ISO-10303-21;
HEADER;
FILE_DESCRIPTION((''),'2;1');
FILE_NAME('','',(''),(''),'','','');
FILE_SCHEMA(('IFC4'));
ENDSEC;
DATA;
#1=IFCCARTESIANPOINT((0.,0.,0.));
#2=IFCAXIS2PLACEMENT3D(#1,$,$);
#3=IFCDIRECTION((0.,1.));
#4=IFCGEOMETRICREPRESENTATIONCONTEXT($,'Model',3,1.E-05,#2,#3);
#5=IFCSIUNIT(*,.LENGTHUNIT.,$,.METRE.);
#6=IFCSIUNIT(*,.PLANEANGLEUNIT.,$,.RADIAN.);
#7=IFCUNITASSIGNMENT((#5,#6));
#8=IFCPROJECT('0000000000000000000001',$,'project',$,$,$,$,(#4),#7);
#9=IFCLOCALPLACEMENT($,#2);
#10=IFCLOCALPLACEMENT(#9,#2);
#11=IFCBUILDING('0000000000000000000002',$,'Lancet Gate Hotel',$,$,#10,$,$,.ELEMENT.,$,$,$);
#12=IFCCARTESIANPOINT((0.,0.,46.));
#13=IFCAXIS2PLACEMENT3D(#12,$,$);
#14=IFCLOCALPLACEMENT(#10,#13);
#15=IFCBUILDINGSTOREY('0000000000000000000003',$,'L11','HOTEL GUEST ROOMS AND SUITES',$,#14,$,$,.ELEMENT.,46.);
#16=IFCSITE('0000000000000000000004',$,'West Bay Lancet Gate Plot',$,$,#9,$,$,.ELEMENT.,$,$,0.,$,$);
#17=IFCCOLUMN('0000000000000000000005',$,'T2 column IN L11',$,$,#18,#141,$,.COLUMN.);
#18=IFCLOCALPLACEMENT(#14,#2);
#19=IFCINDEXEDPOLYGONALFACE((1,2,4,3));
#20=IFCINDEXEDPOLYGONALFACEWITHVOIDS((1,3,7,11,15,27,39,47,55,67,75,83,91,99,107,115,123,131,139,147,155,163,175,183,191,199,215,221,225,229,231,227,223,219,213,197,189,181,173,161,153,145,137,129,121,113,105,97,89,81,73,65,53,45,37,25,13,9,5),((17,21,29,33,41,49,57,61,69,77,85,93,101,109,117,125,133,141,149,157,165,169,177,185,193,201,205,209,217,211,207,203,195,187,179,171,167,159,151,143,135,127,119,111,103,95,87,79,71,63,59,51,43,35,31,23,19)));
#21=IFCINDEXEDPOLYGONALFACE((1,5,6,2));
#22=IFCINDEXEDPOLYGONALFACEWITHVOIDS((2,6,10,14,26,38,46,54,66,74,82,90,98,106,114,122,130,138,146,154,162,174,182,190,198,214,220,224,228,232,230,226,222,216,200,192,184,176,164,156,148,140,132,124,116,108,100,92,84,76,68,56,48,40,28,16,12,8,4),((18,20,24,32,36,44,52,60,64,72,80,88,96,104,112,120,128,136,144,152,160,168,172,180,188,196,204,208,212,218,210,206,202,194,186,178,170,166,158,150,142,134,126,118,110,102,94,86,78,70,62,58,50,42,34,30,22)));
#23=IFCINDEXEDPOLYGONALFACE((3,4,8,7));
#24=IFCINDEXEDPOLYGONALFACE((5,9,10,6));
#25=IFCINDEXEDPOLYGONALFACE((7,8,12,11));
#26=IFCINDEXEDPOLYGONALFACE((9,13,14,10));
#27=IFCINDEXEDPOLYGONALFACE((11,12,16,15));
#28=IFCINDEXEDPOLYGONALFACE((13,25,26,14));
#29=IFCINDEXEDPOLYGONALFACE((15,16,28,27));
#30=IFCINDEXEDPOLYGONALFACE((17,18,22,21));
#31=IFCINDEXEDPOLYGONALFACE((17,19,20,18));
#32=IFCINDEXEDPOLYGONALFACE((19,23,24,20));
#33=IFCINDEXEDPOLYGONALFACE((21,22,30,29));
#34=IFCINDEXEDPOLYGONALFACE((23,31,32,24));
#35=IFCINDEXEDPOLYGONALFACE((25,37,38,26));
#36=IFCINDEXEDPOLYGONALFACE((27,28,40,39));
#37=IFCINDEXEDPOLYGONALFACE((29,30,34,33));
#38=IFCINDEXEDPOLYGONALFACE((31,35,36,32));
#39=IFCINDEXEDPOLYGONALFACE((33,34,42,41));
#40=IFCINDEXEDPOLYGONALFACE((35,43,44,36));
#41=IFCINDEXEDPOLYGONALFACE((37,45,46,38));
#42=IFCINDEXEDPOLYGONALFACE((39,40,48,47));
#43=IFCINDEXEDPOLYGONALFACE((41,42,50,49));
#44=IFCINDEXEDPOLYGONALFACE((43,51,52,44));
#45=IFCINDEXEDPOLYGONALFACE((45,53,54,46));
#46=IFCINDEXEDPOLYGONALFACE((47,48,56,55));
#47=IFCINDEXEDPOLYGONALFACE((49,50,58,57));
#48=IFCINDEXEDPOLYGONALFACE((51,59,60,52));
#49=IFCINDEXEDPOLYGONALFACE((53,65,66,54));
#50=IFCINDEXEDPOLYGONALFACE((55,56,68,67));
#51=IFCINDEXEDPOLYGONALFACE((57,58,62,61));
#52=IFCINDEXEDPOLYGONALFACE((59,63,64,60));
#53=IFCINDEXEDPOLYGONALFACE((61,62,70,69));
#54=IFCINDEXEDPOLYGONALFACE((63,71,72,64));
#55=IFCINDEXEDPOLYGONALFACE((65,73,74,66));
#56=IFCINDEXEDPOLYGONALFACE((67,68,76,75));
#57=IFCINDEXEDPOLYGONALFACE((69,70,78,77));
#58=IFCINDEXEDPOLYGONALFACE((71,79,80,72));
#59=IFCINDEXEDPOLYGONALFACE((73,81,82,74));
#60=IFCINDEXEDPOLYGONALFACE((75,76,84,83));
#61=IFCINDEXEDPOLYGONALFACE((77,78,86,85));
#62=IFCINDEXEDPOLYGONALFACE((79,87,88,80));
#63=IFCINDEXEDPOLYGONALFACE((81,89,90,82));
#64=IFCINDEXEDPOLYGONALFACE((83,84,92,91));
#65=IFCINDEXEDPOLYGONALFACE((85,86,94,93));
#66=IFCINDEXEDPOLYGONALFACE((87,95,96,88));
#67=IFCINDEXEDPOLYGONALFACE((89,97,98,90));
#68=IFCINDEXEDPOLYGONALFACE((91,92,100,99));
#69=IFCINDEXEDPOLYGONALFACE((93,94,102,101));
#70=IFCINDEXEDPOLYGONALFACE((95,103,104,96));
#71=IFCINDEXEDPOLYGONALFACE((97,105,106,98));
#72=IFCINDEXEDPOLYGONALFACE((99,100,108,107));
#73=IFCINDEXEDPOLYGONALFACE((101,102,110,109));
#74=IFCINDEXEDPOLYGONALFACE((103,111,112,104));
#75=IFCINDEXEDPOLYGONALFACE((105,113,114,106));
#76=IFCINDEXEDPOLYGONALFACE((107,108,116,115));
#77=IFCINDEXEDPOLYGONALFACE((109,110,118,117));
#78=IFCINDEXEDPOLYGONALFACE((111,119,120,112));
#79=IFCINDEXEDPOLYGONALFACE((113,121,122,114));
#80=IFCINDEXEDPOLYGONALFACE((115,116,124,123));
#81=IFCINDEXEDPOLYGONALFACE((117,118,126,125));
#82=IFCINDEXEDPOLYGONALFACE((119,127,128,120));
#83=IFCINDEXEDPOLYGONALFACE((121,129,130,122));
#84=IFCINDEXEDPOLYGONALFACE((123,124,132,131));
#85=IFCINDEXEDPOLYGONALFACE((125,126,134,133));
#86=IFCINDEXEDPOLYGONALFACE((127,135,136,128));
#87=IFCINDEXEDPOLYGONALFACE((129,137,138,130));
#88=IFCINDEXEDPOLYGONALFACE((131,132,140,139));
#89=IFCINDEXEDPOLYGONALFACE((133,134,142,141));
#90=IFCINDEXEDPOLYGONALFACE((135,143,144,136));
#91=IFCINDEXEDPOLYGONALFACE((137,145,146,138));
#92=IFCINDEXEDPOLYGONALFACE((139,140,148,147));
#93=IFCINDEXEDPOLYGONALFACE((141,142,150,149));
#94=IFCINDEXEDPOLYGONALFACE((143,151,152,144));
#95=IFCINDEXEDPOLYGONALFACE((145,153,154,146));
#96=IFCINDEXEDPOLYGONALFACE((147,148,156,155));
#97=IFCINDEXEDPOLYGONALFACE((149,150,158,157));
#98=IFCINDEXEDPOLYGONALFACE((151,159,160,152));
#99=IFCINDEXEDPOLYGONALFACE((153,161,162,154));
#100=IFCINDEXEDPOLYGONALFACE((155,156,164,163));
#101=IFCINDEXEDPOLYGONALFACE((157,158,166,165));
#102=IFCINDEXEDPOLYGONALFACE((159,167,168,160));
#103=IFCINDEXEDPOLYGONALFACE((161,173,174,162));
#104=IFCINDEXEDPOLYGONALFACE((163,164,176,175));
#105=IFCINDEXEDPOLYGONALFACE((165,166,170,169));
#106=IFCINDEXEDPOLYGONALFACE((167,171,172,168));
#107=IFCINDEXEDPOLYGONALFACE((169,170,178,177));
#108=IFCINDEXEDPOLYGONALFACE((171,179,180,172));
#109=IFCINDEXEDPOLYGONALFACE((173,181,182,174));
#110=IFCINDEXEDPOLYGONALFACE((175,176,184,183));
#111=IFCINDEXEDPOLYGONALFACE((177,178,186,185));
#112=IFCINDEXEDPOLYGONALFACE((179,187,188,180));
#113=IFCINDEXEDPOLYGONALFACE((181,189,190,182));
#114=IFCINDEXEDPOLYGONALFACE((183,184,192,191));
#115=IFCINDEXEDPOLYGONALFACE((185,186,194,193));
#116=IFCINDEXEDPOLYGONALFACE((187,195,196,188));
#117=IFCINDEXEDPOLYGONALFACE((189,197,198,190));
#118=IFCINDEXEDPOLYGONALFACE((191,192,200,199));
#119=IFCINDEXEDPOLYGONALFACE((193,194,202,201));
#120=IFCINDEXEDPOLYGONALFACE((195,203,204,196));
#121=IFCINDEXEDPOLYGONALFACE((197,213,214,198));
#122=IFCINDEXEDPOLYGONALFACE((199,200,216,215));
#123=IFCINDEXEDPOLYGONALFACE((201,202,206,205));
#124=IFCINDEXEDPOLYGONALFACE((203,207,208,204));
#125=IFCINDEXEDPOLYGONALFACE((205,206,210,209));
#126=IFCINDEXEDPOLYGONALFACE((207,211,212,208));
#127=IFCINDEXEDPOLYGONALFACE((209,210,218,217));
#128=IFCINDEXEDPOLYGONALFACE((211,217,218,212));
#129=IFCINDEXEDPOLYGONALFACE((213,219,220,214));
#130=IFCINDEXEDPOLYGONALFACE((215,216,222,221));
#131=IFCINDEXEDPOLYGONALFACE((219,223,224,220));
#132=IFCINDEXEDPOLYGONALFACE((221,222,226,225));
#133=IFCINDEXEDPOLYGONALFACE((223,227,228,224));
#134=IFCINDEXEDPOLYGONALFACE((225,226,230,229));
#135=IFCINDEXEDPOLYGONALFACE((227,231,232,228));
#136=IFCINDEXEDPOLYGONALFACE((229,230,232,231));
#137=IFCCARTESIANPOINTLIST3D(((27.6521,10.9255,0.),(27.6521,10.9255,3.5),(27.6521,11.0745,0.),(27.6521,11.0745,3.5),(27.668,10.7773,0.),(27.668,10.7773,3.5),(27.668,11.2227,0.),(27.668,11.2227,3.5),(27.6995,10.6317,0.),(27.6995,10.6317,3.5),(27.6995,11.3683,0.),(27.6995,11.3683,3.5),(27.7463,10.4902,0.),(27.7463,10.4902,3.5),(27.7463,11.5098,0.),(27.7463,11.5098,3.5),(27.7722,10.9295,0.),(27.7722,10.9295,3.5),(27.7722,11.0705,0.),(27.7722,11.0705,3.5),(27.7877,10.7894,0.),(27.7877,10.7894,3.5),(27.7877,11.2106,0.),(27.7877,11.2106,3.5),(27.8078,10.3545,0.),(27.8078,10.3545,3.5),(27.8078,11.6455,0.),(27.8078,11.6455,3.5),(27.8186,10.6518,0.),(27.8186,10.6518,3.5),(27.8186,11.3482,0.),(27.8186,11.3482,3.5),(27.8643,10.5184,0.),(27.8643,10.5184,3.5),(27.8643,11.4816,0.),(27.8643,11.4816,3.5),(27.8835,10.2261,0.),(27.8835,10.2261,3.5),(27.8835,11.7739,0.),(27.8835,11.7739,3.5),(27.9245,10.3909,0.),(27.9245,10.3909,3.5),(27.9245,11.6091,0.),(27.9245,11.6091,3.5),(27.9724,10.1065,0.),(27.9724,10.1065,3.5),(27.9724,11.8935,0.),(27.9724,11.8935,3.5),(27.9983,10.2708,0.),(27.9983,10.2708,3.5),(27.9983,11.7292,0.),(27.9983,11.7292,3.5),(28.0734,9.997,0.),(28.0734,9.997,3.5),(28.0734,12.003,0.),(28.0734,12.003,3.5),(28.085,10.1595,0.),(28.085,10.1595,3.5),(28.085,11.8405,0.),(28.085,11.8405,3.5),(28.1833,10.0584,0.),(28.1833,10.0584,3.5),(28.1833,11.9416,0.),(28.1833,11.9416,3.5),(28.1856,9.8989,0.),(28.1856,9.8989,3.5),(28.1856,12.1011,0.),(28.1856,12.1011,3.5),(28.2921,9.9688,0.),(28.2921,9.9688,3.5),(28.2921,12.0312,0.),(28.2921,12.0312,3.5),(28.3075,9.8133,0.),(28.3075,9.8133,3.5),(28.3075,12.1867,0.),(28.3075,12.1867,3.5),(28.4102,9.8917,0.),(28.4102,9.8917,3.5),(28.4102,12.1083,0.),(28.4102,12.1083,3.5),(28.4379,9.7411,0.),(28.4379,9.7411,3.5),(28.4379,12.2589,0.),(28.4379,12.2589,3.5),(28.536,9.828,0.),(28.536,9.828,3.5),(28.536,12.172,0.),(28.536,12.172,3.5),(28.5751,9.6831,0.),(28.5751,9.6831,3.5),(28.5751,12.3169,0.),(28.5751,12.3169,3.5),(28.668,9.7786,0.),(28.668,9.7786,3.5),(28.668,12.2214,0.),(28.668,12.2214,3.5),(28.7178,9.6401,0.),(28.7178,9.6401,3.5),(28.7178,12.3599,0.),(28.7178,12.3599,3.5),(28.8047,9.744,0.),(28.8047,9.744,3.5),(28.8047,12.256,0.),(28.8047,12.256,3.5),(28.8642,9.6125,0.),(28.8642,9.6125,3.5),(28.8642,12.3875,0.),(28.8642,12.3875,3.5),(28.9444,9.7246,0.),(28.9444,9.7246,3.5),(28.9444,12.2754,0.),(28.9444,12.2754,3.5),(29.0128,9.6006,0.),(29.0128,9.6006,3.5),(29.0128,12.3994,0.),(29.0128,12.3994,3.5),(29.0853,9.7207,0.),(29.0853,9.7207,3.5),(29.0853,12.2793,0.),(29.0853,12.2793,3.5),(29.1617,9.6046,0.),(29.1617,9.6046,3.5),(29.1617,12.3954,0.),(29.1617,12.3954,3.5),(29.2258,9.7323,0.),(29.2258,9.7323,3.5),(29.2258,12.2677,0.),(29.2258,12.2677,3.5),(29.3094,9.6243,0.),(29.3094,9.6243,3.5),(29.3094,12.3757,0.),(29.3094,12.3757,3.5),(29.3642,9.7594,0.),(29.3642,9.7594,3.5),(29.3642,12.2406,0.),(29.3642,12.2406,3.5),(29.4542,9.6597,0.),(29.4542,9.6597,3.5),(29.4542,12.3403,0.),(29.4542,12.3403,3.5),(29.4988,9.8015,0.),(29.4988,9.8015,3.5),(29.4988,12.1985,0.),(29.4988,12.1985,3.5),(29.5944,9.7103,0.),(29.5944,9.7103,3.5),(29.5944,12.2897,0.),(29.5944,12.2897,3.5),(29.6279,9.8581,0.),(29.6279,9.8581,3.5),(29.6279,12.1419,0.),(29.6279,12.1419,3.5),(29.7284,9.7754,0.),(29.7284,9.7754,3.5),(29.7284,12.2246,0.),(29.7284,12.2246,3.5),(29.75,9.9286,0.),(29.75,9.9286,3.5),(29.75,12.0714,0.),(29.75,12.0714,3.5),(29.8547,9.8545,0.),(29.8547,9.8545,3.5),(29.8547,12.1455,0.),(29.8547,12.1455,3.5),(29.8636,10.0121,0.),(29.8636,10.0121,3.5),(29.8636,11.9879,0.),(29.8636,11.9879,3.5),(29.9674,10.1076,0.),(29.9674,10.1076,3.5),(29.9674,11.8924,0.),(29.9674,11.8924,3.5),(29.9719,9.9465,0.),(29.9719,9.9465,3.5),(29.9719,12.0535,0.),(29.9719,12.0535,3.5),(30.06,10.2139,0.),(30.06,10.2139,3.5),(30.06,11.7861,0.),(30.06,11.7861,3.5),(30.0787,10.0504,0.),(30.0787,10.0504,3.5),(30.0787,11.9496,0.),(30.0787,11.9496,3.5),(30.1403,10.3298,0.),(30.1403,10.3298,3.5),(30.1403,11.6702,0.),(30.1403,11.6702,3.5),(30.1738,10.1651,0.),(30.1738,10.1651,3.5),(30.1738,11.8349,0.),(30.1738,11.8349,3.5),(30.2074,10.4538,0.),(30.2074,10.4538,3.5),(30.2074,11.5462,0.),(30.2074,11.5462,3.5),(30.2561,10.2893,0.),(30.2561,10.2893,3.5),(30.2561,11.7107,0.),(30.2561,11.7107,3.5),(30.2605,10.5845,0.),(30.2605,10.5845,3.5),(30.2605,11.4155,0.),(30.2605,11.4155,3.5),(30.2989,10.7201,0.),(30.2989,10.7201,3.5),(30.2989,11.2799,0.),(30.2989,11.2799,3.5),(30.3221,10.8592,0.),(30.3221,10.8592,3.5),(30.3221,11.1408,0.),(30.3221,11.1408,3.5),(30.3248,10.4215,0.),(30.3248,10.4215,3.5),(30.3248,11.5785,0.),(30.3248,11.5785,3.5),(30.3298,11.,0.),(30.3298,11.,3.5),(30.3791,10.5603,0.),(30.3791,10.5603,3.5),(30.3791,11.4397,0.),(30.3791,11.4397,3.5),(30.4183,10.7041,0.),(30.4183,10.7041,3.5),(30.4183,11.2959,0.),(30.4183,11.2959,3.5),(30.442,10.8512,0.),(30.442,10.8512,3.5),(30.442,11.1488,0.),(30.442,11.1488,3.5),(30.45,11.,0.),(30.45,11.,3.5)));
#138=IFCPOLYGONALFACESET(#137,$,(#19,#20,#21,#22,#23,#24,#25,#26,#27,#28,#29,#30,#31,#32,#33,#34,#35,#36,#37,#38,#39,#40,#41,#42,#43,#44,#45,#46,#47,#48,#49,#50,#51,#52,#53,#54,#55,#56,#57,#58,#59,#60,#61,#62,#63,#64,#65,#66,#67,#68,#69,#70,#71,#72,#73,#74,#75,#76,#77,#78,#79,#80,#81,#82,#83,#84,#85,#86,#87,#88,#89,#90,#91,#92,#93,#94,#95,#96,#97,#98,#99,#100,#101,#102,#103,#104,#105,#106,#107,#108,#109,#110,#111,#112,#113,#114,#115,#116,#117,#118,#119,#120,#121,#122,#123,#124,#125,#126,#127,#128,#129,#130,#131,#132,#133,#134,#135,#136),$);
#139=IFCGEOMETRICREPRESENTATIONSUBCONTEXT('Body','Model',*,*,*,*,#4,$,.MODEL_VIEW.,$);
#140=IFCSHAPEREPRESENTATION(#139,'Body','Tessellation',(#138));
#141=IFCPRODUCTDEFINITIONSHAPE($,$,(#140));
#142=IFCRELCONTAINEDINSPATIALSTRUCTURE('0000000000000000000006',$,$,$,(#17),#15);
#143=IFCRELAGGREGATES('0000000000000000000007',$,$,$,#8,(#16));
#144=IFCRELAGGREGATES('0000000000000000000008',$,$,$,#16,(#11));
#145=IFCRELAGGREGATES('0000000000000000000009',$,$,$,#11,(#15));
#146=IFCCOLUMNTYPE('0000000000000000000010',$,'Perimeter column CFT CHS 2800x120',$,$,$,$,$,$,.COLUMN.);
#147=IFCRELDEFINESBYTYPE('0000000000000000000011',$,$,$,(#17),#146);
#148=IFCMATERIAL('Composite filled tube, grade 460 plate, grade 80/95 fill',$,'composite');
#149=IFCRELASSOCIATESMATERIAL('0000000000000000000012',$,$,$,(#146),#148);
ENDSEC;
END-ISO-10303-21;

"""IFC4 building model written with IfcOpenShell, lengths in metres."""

from ifc_helpers import new_model, si_unit, direction, frame, origin, origin_2d, place, context, subcontext, project, spatial, hollow_circle, extrude, material, material_profile, profile_set, type_object, element, save


model = new_model("IFC4")

# Units and contexts
model_context = context("Model", 3, precision=1e-05, world=origin(), true_north=direction((0.0, 1.0)))
body_context = subcontext(model_context, "Body", "Model", "MODEL_VIEW")
ifc_project = project(units=[si_unit("LENGTHUNIT", "METRE"), si_unit("PLANEANGLEUNIT", "RADIAN")], contexts=[model_context])

# Site, building, storey
site_placement = place(None, origin())
site = spatial("IfcSite", under=ifc_project, at=site_placement, Name="West Bay Lancet Gate Plot", CompositionType="ELEMENT", RefElevation=0.0)
building_placement = place(site_placement, origin())
building = spatial("IfcBuilding", under=site, at=building_placement, Name="Lancet Gate Hotel", CompositionType="ELEMENT")
storey_placement = place(building_placement, frame((0.0, 0.0, 46.0)))
storey = spatial("IfcBuildingStorey", under=building, at=storey_placement, Name="L11", Description="HOTEL GUEST ROOMS AND SUITES", CompositionType="ELEMENT", Elevation=46.0)

# Column
ifc_material_1 = material(Name="Composite filled tube, grade 460 plate, grade 80/95 fill", Category="composite")
ifc_material_profile_1 = material_profile(ifc_material_1, hollow_circle(Radius=1.3999, WallThickness=0.1201, at=origin_2d()), Name="CHS 2800x120")
ifc_profile_set_1 = profile_set([ifc_material_profile_1], Name="Composite filled tube, grade 460 plate, grade 80/95 fill")
column_type = type_object("IfcColumnType", Name="Perimeter column CFT CHS 2800x120", PredefinedType="COLUMN", material=ifc_profile_set_1)
for number, where, z_axis, x_axis, name in (
    (1, (29.05, 11.0, 0.0), (0.0, 0.0, 1.0), (1.0, 0.0, 0.0), "T2 column IN L11"),
):
    element("IfcColumn", number, at=place(storey_placement, frame(where, z_axis=z_axis, x_axis=x_axis)), inside=storey, type_object=column_type, Name=name, PredefinedType="COLUMN", context=body_context, shape_type="SweptSolid", body=[
        extrude(hollow_circle(Radius=1.3999, WallThickness=0.1201, at=origin_2d()), origin(), (0.0, 0.0, 1.0), 3.5),
    ])

save(model, "model.ifc")
